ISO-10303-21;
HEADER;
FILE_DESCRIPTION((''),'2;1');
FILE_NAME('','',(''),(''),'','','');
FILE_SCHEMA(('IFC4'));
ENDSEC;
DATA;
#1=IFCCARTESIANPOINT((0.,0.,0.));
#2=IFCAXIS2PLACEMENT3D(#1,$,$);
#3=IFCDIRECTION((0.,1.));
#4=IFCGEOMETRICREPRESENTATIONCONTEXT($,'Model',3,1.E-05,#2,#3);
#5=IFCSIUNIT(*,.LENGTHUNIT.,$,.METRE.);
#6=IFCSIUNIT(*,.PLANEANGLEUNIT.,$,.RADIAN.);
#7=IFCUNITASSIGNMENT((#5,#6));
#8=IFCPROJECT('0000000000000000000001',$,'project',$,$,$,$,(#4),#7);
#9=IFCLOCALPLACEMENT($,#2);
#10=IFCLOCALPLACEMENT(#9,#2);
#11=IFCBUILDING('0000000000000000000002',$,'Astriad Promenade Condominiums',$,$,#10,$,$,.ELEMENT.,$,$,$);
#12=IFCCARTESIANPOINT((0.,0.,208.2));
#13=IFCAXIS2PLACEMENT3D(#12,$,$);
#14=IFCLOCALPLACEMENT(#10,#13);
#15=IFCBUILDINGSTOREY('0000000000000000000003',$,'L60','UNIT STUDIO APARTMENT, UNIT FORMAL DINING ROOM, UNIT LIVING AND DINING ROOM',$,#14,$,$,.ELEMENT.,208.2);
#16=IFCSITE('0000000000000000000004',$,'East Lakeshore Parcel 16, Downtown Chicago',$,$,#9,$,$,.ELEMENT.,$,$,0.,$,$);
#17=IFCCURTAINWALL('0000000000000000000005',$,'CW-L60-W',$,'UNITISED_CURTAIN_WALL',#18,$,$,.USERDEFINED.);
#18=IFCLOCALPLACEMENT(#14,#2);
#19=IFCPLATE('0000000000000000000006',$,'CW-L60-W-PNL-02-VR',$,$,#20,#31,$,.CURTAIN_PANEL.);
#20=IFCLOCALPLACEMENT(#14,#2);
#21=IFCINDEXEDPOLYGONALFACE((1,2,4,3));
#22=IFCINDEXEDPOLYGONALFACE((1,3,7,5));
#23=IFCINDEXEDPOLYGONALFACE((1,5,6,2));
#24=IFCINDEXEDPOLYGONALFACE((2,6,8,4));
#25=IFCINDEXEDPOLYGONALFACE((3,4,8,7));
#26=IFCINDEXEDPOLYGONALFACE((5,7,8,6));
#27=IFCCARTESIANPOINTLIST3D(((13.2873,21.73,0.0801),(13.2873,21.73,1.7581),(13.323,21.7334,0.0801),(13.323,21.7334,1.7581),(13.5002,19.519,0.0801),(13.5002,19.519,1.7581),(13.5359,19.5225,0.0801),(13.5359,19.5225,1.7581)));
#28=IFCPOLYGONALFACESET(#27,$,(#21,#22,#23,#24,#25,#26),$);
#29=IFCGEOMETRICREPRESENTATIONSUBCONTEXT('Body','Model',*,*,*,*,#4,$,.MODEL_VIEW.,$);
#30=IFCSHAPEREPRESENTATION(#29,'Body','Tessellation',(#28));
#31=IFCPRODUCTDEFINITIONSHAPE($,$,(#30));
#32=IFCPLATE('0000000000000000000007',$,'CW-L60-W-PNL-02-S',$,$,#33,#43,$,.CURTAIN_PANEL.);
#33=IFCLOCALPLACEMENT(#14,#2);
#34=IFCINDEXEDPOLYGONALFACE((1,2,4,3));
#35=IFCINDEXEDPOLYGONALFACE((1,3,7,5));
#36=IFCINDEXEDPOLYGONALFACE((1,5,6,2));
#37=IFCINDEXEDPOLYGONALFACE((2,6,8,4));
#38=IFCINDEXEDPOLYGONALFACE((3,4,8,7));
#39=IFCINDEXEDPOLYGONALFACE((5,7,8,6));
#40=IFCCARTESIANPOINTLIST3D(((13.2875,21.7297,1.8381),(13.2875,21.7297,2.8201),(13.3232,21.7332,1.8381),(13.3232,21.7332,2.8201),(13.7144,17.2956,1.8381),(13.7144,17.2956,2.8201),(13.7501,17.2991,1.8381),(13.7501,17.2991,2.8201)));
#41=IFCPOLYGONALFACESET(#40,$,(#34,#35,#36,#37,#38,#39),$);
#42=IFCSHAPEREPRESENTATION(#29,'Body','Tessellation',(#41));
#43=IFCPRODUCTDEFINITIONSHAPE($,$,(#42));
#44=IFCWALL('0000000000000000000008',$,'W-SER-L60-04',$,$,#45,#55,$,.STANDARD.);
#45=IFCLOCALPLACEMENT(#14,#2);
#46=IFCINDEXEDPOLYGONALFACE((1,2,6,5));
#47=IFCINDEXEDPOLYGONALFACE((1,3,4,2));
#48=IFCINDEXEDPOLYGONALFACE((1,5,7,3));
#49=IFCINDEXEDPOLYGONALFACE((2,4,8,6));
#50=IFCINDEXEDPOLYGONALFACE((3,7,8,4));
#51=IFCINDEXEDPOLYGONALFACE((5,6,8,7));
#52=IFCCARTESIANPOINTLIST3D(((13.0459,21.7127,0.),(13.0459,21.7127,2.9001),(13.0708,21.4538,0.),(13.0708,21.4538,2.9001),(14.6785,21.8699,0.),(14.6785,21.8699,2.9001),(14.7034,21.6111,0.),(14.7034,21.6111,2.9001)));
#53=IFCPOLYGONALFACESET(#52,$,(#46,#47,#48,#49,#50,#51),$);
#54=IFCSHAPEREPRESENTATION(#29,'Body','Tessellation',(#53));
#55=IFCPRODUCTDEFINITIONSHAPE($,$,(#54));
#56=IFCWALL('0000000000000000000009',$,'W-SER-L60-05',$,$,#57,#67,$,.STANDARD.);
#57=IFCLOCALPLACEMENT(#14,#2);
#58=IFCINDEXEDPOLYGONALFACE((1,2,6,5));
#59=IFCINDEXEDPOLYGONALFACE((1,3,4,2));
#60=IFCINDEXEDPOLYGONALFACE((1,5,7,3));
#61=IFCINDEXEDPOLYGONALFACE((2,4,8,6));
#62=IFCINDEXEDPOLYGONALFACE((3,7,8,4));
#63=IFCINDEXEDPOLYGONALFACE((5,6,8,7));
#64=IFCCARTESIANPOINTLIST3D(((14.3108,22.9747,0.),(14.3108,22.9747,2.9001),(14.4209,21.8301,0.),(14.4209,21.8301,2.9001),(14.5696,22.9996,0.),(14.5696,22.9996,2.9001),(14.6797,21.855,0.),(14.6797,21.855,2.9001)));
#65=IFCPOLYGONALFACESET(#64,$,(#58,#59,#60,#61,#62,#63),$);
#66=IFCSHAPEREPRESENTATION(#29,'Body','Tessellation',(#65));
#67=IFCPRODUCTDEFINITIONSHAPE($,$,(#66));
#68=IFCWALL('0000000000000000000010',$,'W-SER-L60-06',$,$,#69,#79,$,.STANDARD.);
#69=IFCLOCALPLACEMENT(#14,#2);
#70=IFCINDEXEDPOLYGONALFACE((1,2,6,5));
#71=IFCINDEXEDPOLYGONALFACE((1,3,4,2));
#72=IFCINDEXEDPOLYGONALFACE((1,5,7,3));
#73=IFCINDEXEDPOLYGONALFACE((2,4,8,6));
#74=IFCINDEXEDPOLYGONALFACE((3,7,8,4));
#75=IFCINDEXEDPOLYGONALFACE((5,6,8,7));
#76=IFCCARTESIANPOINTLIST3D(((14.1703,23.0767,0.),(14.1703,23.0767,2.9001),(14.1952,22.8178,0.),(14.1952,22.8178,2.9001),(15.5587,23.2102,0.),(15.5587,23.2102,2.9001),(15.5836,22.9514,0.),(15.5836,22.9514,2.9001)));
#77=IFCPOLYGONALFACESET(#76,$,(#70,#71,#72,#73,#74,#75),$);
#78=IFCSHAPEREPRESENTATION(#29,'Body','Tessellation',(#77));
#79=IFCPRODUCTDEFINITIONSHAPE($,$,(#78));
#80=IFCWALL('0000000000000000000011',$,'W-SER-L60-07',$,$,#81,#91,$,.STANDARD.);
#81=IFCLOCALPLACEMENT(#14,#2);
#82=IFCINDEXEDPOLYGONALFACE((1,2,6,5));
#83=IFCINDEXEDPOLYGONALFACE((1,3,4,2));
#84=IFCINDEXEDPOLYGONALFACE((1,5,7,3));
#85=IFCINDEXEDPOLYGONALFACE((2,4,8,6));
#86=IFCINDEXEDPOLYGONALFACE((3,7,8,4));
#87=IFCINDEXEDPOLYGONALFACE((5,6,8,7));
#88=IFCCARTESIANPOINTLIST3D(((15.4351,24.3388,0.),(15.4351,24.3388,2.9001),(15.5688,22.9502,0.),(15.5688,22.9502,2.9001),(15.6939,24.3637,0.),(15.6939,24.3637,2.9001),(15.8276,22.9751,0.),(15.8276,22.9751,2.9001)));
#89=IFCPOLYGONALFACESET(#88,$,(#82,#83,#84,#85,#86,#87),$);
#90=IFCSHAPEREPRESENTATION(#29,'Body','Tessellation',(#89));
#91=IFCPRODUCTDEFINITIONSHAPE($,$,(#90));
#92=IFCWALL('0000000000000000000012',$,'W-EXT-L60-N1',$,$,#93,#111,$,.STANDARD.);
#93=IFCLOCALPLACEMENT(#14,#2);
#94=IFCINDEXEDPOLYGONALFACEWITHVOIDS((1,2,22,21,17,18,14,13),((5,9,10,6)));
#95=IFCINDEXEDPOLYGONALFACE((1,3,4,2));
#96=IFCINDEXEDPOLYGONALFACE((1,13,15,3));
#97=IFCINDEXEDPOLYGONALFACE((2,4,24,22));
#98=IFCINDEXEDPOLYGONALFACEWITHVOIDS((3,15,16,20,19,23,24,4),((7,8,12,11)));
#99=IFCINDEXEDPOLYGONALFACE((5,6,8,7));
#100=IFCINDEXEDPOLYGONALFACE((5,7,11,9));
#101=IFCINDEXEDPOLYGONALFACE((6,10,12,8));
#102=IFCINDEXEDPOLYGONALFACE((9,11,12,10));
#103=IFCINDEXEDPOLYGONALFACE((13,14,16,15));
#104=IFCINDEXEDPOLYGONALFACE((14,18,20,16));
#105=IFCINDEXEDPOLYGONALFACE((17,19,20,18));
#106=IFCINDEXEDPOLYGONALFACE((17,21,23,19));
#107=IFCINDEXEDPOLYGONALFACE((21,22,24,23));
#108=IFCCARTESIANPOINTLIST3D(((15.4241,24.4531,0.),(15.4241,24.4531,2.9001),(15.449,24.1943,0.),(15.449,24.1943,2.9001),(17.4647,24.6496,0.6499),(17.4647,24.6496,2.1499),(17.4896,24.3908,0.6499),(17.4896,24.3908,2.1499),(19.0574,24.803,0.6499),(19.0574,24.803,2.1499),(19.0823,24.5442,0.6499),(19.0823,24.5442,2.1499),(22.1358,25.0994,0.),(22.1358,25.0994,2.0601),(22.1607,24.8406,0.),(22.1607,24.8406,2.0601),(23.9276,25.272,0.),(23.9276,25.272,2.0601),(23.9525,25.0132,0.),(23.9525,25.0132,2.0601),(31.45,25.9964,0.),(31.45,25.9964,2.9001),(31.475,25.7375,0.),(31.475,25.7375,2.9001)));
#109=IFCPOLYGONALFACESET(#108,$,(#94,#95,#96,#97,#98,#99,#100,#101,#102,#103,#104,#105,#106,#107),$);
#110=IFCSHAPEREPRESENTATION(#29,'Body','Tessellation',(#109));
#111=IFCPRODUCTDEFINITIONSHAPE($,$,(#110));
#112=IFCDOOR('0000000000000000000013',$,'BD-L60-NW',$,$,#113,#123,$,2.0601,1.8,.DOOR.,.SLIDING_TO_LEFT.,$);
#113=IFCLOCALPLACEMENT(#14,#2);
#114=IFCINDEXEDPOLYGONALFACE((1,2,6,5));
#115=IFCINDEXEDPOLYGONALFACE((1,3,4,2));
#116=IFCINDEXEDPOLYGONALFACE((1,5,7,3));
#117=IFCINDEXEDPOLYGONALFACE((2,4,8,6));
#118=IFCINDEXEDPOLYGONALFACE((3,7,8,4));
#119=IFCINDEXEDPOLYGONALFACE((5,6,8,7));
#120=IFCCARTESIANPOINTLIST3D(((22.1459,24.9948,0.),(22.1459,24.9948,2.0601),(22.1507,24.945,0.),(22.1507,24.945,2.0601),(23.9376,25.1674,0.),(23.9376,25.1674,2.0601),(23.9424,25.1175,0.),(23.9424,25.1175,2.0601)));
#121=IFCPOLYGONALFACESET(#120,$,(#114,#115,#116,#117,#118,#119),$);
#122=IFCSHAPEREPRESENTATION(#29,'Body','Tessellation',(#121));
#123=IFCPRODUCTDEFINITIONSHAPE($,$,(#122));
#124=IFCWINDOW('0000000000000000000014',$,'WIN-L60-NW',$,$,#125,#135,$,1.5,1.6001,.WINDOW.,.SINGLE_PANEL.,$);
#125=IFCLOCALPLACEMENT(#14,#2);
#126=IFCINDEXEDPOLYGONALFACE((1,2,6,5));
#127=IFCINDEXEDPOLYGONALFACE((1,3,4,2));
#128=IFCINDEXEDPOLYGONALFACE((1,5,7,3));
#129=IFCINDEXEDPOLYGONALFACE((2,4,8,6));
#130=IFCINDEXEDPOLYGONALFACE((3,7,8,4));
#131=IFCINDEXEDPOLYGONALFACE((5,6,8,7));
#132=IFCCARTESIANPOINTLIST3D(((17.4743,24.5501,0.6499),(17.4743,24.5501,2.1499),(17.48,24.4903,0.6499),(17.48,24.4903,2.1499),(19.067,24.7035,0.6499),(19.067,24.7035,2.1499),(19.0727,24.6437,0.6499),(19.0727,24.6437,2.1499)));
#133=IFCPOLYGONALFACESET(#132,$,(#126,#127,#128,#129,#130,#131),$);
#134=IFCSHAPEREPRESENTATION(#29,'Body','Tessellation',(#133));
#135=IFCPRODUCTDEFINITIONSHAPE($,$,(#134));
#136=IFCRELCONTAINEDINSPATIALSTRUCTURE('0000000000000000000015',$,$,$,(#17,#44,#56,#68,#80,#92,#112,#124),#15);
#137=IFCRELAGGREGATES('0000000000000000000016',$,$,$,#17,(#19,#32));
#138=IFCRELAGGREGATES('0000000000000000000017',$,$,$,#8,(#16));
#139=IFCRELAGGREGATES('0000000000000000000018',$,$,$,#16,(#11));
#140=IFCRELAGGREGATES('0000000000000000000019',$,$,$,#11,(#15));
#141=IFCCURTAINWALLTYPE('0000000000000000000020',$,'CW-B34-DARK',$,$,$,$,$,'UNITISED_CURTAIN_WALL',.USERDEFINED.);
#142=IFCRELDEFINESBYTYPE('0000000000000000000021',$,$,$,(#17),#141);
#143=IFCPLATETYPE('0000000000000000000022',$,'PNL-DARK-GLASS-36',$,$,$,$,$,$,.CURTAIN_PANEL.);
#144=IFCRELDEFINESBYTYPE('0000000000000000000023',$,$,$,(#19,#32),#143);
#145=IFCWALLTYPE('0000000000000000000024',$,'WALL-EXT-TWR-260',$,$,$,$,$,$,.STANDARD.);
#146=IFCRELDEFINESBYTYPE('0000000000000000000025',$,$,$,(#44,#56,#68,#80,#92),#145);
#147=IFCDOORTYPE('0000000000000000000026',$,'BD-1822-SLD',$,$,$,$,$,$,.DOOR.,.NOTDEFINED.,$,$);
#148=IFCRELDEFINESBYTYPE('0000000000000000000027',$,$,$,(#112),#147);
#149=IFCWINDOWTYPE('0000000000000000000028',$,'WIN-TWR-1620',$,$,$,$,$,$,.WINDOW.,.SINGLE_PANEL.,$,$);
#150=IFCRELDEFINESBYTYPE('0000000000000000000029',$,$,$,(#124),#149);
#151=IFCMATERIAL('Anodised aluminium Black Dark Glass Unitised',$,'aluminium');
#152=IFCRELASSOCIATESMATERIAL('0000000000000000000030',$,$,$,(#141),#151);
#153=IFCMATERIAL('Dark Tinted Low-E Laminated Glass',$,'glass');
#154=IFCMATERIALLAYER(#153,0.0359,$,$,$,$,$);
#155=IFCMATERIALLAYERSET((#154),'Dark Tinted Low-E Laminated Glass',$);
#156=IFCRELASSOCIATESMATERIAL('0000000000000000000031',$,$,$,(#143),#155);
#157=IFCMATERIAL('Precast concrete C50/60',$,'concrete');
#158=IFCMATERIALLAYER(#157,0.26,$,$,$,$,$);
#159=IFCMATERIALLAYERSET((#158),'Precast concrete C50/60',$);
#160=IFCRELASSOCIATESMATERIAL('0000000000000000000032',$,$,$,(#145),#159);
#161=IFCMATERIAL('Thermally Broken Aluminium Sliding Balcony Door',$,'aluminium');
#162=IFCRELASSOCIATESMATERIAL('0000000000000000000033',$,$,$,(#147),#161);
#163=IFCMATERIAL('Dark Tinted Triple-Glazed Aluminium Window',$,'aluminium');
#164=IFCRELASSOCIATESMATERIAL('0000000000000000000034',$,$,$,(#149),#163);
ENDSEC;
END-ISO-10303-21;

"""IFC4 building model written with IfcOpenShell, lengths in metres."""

from ifc_helpers import new_model, si_unit, direction, frame, frame_2d, origin, origin_2d, place, context, subcontext, project, spatial, rectangle, extrude, source, transform, mapped, material, layer, layer_set, type_object, type_shapes, element, fill, aggregate, save


model = new_model("IFC4")

# Units and contexts
model_context = context("Model", 3, precision=1e-05, world=origin(), true_north=direction((0.0, 1.0)))
body_context = subcontext(model_context, "Body", "Model", "MODEL_VIEW")
ifc_project = project(units=[si_unit("LENGTHUNIT", "METRE"), si_unit("PLANEANGLEUNIT", "RADIAN")], contexts=[model_context])

# Site, building, storey
site_placement = place(None, origin())
site = spatial("IfcSite", under=ifc_project, at=site_placement, Name="East Lakeshore Parcel 16, Downtown Chicago", CompositionType="ELEMENT", RefElevation=0.0)
building_placement = place(site_placement, origin())
building = spatial("IfcBuilding", under=site, at=building_placement, Name="Astriad Promenade Condominiums", CompositionType="ELEMENT")
storey_placement = place(building_placement, frame((0.0, 0.0, 208.2)))
storey = spatial("IfcBuildingStorey", under=building, at=storey_placement, Name="L60", Description="UNIT STUDIO APARTMENT, UNIT FORMAL DINING ROOM, UNIT LIVING AND DINING ROOM", CompositionType="ELEMENT", Elevation=208.2)

# Curtain wall, plates
ifc_material_1 = material(Name="Anodised aluminium Black Dark Glass Unitised", Category="aluminium")
curtain_wall_type = type_object("IfcCurtainWallType", Name="CW-B34-DARK", ElementType="UNITISED_CURTAIN_WALL", PredefinedType="USERDEFINED", material=ifc_material_1)
curtain_wall_placement = place(storey_placement, origin())
curtain_wall = element("IfcCurtainWall", 1, at=curtain_wall_placement, inside=storey, type_object=curtain_wall_type, Name="CW-L60-W", ObjectType="UNITISED_CURTAIN_WALL", PredefinedType="USERDEFINED")
ifc_material_2 = material(Name="Dark Tinted Low-E Laminated Glass", Category="glass")
ifc_layer_1 = layer(ifc_material_2, 0.0359)
ifc_layer_set_1 = layer_set([ifc_layer_1], Name="Dark Tinted Low-E Laminated Glass")
plate_type = type_object("IfcPlateType", Name="PNL-DARK-GLASS-36", PredefinedType="CURTAIN_PANEL", material=ifc_layer_set_1)
shared_shape_1 = source(origin(), body_context, "Body", "SweptSolid", [
    extrude(rectangle(XDim=2.2212, YDim=0.0359, at=origin_2d()), origin(), (0.0, 0.0, 1.0), 1.678),
])
plate_1_placement = place(storey_placement, frame((13.4116, 20.6262, 0.0801), z_axis=(0.0, 0.0, 1.0), x_axis=(-0.095846, 0.995396, 0.0)))
plate_1 = element("IfcPlate", 2, at=plate_1_placement, type_object=plate_type, Name="CW-L60-W-PNL-02-VR", PredefinedType="CURTAIN_PANEL", context=body_context, shape_type="MappedRepresentation", body=[
    mapped(shared_shape_1, transform((0.0, 0.0, 0.0), scale=1.0)),
])
shared_shape_2 = source(origin(), body_context, "Body", "SweptSolid", [
    extrude(rectangle(XDim=4.4546, YDim=0.0359, at=origin_2d()), origin(), (0.0, 0.0, 1.0), 0.9819),
])
type_shapes(plate_type, [shared_shape_1, shared_shape_2])
plate_2_placement = place(storey_placement, frame((13.5188, 19.5144, 1.8381), z_axis=(0.0, 0.0, 1.0), x_axis=(-0.095846, 0.995396, 0.0)))
plate_2 = element("IfcPlate", 3, at=plate_2_placement, type_object=plate_type, Name="CW-L60-W-PNL-02-S", PredefinedType="CURTAIN_PANEL", context=body_context, shape_type="MappedRepresentation", body=[
    mapped(shared_shape_2, transform((0.0, 0.0, 0.0), scale=1.0)),
])
aggregate(curtain_wall, [plate_1, plate_2])

# Walls
ifc_material_3 = material(Name="Precast concrete C50/60", Category="concrete")
ifc_layer_2 = layer(ifc_material_3, 0.26)
ifc_layer_set_2 = layer_set([ifc_layer_2], Name="Precast concrete C50/60")
wall_type_1 = type_object("IfcWallType", Name="WALL-EXT-TWR-260", PredefinedType="STANDARD", material=ifc_layer_set_2)
wall_1_placement = place(storey_placement, frame((13.0583, 21.5833, 0.0), z_axis=(0.0, 0.0, 1.0), x_axis=(0.995395, 0.095863, 0.0)))
element("IfcWall", 4, at=wall_1_placement, inside=storey, type_object=wall_type_1, Name="W-SER-L60-04", PredefinedType="STANDARD", context=body_context, shape_type="SweptSolid", body=[
    extrude(rectangle(XDim=1.6401, YDim=0.26, at=frame_2d((0.8201, 0.0))), origin(), (0.0, 0.0, 1.0), 2.9001),
])
wall_2_placement = place(storey_placement, frame((14.5503, 21.8425, 0.0), z_axis=(0.0, 0.0, 1.0), x_axis=(-0.095761, 0.995404, 0.0)))
element("IfcWall", 5, at=wall_2_placement, inside=storey, type_object=wall_type_1, Name="W-SER-L60-05", PredefinedType="STANDARD", context=body_context, shape_type="SweptSolid", body=[
    extrude(rectangle(XDim=1.1499, YDim=0.26, at=frame_2d((0.575, 0.0))), origin(), (0.0, 0.0, 1.0), 2.9001),
])
wall_3_placement = place(storey_placement, frame((14.1829, 22.9473, 0.0), z_axis=(0.0, 0.0, 1.0), x_axis=(0.995406, 0.095742, 0.0)))
element("IfcWall", 6, at=wall_3_placement, inside=storey, type_object=wall_type_1, Name="W-SER-L60-06", PredefinedType="STANDARD", context=body_context, shape_type="SweptSolid", body=[
    extrude(rectangle(XDim=1.3948, YDim=0.26, at=frame_2d((0.6973, 0.0))), origin(), (0.0, 0.0, 1.0), 2.9001),
])
wall_4_placement = place(storey_placement, frame((15.6982, 22.9626, 0.0), z_axis=(0.0, 0.0, 1.0), x_axis=(-0.095899, 0.995391, 0.0)))
element("IfcWall", 7, at=wall_4_placement, inside=storey, type_object=wall_type_1, Name="W-SER-L60-07", PredefinedType="STANDARD", context=body_context, shape_type="SweptSolid", body=[
    extrude(rectangle(XDim=1.395, YDim=0.26, at=frame_2d((0.6975, 0.0))), origin(), (0.0, 0.0, 1.0), 2.9001),
])

# Wall, openings, door, window
wall_5_placement = place(storey_placement, frame((15.4365, 24.3237, 0.0), z_axis=(0.0, 0.0, 1.0), x_axis=(0.995396, 0.095852, 0.0)))
wall_5 = element("IfcWall", 8, at=wall_5_placement, inside=storey, type_object=wall_type_1, Name="W-EXT-L60-N1", PredefinedType="STANDARD", context=body_context, shape_type="SweptSolid", body=[
    extrude(rectangle(XDim=16.1001, YDim=0.26, at=frame_2d((8.05, 0.0))), origin(), (0.0, 0.0, 1.0), 2.9001),
])
opening_1_placement = place(wall_5_placement, frame((6.7429, 0.0, 0.0)))
opening_1 = element("IfcOpeningElement", 9, at=opening_1_placement, cuts=wall_5, PredefinedType="OPENING", context=body_context, shape_type="SweptSolid", body=[
    extrude(rectangle(XDim=1.8, YDim=2.0601, at=frame_2d((0.8999, 1.03))), frame((0.0, 0.1399, 0.0), z_axis=(0.0, -1.0, 0.0), x_axis=(1.0, 0.0, 0.0)), (0.0, 0.0, 1.0), 0.28),
])
opening_2_placement = place(wall_5_placement, frame((2.05, 0.0, 0.6499)))
opening_2 = element("IfcOpeningElement", 10, at=opening_2_placement, cuts=wall_5, PredefinedType="OPENING", context=body_context, shape_type="SweptSolid", body=[
    extrude(rectangle(XDim=1.6001, YDim=1.5, at=frame_2d((0.8, 0.75))), frame((0.0, 0.1399, 0.0), z_axis=(0.0, -1.0, 0.0), x_axis=(1.0, 0.0, 0.0)), (0.0, 0.0, 1.0), 0.28),
])
ifc_material_4 = material(Name="Thermally Broken Aluminium Sliding Balcony Door", Category="aluminium")
door_type_1 = type_object("IfcDoorType", Name="BD-1822-SLD", OperationType="NOTDEFINED", PredefinedType="DOOR", material=ifc_material_4)
shared_shape_3 = source(origin(), body_context, "Body", "SweptSolid", [
    extrude(rectangle(XDim=1.8, YDim=2.0601, at=frame_2d((0.8999, 1.03))), frame((0.0, 0.0249, 0.0), z_axis=(0.0, -1.0, 0.0), x_axis=(1.0, 0.0, 0.0)), (0.0, 0.0, 1.0), 0.05),
])
type_shapes(door_type_1, [shared_shape_3])
door_1_placement = place(opening_1_placement, origin())
door_1 = element("IfcDoor", 11, at=door_1_placement, inside=storey, type_object=door_type_1, Name="BD-L60-NW", OperationType="SLIDING_TO_LEFT", OverallHeight=2.0601, OverallWidth=1.8, PredefinedType="DOOR", context=body_context, shape_type="MappedRepresentation", body=[
    mapped(shared_shape_3, transform((0.0, 0.0, 0.0), scale=1.0)),
])
fill(opening_1, door_1)
ifc_material_5 = material(Name="Dark Tinted Triple-Glazed Aluminium Window", Category="aluminium")
window_type = type_object("IfcWindowType", Name="WIN-TWR-1620", PartitioningType="SINGLE_PANEL", PredefinedType="WINDOW", material=ifc_material_5)
shared_shape_4 = source(origin(), body_context, "Body", "SweptSolid", [
    extrude(rectangle(XDim=1.6001, YDim=1.5, at=frame_2d((0.8, 0.75))), frame((0.0, 0.03, 0.0), z_axis=(0.0, -1.0, 0.0), x_axis=(1.0, 0.0, 0.0)), (0.0, 0.0, 1.0), 0.0601),
])
type_shapes(window_type, [shared_shape_4])
window_placement = place(opening_2_placement, origin())
window = element("IfcWindow", 12, at=window_placement, inside=storey, type_object=window_type, Name="WIN-L60-NW", OverallHeight=1.5, OverallWidth=1.6001, PartitioningType="SINGLE_PANEL", PredefinedType="WINDOW", context=body_context, shape_type="MappedRepresentation", body=[
    mapped(shared_shape_4, transform((0.0, 0.0, 0.0), scale=1.0)),
])
fill(opening_2, window)

save(model, "model.ifc")
